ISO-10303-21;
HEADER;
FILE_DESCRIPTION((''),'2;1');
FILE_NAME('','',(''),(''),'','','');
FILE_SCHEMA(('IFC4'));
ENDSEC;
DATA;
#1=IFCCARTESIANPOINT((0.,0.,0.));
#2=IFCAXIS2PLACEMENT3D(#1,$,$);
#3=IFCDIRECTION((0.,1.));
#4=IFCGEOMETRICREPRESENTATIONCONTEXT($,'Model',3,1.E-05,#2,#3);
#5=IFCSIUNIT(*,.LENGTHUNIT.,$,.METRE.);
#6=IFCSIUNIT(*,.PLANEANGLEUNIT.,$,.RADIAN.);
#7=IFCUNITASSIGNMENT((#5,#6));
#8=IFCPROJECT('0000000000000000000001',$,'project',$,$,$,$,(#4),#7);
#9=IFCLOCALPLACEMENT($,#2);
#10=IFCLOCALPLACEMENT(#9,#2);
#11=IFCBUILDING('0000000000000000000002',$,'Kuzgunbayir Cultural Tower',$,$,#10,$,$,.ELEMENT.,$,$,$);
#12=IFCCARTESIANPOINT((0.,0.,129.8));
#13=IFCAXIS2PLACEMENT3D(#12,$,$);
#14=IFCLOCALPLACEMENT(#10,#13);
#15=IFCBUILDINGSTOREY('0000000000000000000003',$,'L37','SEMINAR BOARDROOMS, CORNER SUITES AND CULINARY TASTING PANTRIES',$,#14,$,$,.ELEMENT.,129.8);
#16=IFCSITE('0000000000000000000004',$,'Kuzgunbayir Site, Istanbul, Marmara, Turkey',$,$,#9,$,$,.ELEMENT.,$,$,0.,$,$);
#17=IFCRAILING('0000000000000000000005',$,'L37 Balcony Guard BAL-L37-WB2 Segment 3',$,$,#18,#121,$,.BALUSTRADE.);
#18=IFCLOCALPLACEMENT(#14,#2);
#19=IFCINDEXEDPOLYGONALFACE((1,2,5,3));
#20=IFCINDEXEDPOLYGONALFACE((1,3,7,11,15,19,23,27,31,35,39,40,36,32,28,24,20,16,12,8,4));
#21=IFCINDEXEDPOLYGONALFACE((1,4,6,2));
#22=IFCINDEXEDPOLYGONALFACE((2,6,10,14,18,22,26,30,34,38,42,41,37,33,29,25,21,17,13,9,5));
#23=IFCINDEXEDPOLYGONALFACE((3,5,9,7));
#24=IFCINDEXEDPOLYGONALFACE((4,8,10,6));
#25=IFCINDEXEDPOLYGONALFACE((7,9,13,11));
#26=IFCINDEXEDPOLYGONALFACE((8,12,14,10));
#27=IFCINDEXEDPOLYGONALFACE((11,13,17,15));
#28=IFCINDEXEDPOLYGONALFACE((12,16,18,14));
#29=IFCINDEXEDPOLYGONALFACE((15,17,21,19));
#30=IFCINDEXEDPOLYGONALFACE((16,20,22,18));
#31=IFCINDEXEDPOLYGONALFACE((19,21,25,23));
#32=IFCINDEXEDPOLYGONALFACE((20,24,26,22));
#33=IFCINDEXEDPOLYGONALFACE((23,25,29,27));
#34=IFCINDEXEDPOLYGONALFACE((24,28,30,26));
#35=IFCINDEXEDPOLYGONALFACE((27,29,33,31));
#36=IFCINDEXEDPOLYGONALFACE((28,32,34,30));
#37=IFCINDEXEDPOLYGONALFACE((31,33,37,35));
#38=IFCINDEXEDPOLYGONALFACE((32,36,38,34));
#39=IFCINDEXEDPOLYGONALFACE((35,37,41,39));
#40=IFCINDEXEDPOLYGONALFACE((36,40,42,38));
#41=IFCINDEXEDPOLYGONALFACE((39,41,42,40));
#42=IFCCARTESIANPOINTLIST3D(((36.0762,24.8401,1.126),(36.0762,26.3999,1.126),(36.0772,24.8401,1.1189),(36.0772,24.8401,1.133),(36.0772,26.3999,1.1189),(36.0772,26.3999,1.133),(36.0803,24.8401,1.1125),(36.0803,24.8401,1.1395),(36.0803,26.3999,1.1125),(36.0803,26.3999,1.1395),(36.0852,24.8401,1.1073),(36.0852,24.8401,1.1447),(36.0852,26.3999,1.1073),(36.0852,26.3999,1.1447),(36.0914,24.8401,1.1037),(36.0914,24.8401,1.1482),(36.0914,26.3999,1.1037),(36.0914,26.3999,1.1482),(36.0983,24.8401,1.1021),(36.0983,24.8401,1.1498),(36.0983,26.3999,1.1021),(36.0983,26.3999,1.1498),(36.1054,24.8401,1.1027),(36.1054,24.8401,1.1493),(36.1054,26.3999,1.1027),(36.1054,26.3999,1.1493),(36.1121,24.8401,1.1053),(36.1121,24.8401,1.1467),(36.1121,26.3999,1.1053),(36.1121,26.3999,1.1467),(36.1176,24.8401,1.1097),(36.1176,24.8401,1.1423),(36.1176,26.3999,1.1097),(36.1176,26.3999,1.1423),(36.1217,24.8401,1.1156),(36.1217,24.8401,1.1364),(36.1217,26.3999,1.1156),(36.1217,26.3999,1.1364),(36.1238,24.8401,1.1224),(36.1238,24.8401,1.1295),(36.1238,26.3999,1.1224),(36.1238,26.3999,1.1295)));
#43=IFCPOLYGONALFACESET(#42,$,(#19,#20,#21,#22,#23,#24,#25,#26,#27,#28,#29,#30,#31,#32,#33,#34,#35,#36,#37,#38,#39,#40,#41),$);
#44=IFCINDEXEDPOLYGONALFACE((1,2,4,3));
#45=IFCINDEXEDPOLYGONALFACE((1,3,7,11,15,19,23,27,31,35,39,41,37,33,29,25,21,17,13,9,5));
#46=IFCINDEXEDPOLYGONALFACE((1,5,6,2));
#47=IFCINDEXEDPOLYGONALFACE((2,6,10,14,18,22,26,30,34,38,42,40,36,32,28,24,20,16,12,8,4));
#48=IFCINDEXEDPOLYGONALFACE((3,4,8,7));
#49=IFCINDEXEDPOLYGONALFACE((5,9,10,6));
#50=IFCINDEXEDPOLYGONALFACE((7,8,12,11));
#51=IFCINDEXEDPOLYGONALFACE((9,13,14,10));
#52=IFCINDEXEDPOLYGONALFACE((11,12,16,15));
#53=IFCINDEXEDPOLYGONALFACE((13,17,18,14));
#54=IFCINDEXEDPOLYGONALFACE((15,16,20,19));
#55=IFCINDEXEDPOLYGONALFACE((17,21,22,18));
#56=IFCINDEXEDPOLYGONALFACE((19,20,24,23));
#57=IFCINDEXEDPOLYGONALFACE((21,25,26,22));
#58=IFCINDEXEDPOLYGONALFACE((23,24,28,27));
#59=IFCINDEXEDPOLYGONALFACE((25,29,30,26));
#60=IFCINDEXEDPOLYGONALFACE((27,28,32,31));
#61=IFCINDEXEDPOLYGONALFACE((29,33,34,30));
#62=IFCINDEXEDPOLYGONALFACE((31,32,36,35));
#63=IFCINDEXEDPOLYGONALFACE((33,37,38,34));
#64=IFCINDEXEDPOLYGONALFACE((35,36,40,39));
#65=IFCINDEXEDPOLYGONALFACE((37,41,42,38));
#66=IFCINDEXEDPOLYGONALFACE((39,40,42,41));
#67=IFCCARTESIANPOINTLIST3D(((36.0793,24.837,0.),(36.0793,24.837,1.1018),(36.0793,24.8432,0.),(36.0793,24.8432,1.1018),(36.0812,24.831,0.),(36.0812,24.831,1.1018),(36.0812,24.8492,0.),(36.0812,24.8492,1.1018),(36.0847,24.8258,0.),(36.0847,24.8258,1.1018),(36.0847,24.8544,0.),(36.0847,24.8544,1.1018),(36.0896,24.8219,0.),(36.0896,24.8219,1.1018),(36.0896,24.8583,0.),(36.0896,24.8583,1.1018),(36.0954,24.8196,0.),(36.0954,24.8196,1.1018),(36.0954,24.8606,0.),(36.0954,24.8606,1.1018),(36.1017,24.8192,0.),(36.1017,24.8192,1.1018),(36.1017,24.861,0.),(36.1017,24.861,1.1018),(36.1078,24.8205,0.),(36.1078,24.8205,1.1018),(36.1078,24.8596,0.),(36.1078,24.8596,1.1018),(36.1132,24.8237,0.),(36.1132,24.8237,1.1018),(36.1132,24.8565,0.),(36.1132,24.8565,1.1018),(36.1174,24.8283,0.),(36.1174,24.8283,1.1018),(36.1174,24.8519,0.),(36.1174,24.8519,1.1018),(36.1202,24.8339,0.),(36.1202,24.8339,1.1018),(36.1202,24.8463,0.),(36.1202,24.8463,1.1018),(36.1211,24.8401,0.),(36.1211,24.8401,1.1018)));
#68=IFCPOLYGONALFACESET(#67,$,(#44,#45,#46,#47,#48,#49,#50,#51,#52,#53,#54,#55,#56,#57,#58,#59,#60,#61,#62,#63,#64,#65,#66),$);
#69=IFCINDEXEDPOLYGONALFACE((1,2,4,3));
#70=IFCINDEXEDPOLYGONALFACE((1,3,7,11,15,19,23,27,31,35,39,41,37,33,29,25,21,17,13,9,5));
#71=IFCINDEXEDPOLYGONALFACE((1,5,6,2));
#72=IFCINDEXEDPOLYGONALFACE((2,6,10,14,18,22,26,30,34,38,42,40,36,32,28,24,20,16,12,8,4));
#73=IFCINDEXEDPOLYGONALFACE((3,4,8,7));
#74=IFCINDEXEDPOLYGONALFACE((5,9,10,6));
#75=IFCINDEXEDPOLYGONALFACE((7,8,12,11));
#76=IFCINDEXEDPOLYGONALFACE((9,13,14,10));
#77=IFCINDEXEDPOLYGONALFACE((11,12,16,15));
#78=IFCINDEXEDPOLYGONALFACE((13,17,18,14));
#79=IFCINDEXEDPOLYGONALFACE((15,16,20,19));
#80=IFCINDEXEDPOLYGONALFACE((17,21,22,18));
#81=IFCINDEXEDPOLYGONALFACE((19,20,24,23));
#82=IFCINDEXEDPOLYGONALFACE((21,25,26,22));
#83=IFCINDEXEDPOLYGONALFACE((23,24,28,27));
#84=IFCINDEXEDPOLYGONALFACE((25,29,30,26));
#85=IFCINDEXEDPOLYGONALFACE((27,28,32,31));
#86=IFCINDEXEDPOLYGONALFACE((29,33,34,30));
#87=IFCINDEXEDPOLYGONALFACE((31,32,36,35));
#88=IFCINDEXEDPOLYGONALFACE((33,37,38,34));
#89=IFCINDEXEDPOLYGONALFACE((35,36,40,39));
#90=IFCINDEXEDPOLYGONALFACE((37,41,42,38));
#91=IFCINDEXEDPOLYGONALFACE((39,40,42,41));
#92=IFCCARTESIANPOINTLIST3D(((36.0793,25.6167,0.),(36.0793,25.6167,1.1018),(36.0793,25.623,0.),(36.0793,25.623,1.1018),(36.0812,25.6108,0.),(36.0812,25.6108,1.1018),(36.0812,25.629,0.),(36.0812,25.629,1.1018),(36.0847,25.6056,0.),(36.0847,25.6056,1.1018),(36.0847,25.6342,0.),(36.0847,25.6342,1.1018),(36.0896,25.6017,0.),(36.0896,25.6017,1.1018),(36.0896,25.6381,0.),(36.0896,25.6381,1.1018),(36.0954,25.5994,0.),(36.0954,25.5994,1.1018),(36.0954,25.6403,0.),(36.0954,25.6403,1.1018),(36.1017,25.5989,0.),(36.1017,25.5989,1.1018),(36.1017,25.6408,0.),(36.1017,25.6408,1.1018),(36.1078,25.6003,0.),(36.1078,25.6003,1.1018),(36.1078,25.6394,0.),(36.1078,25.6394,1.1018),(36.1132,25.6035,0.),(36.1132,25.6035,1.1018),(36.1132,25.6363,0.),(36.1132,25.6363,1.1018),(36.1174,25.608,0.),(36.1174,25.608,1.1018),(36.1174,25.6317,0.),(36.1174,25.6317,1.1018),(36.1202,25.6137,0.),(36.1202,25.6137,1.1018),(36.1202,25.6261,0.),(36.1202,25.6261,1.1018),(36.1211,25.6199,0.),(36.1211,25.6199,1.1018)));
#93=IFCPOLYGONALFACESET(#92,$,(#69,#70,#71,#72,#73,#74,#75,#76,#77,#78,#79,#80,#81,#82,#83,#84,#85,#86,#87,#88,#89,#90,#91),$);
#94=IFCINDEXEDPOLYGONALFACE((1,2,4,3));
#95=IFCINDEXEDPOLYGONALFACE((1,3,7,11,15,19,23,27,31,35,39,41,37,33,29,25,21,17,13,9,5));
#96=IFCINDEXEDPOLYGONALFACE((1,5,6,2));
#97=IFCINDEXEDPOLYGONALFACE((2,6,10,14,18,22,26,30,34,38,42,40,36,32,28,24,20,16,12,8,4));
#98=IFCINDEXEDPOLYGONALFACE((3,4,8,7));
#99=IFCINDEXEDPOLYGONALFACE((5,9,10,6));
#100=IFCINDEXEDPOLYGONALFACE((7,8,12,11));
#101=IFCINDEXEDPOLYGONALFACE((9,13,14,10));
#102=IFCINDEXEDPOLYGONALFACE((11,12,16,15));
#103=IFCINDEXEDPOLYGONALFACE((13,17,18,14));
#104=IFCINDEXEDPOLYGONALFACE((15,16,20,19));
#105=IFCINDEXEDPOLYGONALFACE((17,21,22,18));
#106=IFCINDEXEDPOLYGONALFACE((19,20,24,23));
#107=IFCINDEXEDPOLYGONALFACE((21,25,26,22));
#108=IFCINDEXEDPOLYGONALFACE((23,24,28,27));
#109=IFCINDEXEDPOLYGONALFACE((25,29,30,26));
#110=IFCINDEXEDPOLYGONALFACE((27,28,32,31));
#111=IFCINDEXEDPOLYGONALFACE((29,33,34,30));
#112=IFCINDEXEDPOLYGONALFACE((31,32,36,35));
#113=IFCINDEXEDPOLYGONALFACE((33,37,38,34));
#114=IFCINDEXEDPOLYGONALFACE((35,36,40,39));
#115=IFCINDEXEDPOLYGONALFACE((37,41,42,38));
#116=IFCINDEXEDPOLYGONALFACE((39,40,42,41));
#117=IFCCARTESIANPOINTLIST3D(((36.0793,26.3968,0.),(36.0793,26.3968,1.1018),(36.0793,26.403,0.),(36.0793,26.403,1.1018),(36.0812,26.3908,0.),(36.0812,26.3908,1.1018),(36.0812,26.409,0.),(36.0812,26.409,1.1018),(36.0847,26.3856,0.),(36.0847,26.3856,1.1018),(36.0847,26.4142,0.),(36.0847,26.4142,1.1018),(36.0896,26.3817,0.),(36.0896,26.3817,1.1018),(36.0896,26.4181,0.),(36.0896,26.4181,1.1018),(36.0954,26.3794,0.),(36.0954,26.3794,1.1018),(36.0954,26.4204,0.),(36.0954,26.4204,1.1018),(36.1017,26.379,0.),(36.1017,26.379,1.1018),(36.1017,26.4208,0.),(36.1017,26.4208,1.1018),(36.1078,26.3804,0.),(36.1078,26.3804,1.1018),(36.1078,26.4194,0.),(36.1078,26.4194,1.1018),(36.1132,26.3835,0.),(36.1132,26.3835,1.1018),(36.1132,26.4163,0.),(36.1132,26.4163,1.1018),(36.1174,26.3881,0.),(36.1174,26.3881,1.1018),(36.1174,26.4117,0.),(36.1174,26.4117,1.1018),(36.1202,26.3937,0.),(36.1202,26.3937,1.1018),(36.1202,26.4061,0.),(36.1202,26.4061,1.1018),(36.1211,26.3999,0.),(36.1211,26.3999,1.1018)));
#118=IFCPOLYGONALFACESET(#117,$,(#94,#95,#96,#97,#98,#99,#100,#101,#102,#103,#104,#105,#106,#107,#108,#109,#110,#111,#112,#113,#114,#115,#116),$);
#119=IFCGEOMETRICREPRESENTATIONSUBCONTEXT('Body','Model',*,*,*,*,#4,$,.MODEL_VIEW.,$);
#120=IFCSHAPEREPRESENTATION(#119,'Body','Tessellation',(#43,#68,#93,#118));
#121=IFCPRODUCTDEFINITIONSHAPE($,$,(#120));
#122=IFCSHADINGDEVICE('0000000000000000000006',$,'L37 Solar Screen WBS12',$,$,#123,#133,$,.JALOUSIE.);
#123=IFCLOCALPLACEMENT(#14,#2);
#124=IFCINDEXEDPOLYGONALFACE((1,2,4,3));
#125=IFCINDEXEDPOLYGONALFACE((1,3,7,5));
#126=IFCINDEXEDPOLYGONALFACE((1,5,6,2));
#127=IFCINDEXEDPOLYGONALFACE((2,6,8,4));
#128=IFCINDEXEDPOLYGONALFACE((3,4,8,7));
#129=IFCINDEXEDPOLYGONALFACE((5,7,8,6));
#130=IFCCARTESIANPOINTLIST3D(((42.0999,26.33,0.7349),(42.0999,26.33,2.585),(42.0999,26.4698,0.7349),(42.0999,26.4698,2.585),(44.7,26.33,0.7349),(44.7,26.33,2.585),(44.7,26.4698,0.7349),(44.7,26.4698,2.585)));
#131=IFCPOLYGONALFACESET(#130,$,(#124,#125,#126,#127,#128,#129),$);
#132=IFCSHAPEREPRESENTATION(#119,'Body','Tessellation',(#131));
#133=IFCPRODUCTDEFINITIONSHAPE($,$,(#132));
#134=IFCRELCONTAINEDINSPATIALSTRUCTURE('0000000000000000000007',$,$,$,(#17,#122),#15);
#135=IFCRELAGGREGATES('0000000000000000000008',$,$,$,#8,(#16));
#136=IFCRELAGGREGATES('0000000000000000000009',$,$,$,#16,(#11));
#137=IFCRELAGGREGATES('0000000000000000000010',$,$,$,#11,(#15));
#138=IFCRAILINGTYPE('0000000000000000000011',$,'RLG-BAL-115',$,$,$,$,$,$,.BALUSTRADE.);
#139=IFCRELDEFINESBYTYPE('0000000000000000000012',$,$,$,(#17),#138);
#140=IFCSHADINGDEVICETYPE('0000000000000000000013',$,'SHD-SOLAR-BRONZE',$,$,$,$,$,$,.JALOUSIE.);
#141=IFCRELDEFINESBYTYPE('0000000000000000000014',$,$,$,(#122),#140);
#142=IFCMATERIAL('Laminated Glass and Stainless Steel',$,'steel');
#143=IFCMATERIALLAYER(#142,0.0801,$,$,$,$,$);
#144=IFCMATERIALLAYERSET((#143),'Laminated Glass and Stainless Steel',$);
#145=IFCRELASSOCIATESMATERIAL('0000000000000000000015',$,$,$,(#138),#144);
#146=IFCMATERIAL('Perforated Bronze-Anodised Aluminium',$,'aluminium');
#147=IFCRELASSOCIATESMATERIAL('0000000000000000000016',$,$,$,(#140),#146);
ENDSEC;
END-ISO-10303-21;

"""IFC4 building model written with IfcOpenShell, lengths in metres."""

from ifc_helpers import new_model, si_unit, direction, frame, origin, origin_2d, place, context, subcontext, project, spatial, rectangle, circle, extrude, material, layer, layer_set, type_object, element, save


model = new_model("IFC4")

# Units and contexts
model_context = context("Model", 3, precision=1e-05, world=origin(), true_north=direction((0.0, 1.0)))
body_context = subcontext(model_context, "Body", "Model", "MODEL_VIEW")
ifc_project = project(units=[si_unit("LENGTHUNIT", "METRE"), si_unit("PLANEANGLEUNIT", "RADIAN")], contexts=[model_context])

# Site, building, storey
site_placement = place(None, origin())
site = spatial("IfcSite", under=ifc_project, at=site_placement, Name="Kuzgunbayir Site, Istanbul, Marmara, Turkey", CompositionType="ELEMENT", RefElevation=0.0)
building_placement = place(site_placement, origin())
building = spatial("IfcBuilding", under=site, at=building_placement, Name="Kuzgunbayir Cultural Tower", CompositionType="ELEMENT")
storey_placement = place(building_placement, frame((0.0, 0.0, 129.8)))
storey = spatial("IfcBuildingStorey", under=building, at=storey_placement, Name="L37", Description="SEMINAR BOARDROOMS, CORNER SUITES AND CULINARY TASTING PANTRIES", CompositionType="ELEMENT", Elevation=129.8)

# Railing
ifc_material_1 = material(Name="Laminated Glass and Stainless Steel", Category="steel")
ifc_layer_1 = layer(ifc_material_1, 0.0801)
ifc_layer_set_1 = layer_set([ifc_layer_1], Name="Laminated Glass and Stainless Steel")
railing_type = type_object("IfcRailingType", Name="RLG-BAL-115", PredefinedType="BALUSTRADE", material=ifc_layer_set_1)
railing_1_placement = place(storey_placement, frame((36.1001, 24.8401, 0.0)))
element("IfcRailing", 1, at=railing_1_placement, inside=storey, type_object=railing_type, Name="L37 Balcony Guard BAL-L37-WB2 Segment 3", PredefinedType="BALUSTRADE", context=body_context, shape_type="SweptSolid", body=[
    extrude(circle(Radius=0.0239, at=origin_2d()), frame((0.0, 0.0, 1.126), z_axis=(0.0, 1.0, 0.0), x_axis=(-1.0, 0.0, 0.0)), (0.0, 0.0, 1.0), 1.5598),
    extrude(circle(Radius=0.021, at=origin_2d()), origin(), (0.0, 0.0, 1.0), 1.1018),
    extrude(circle(Radius=0.021, at=origin_2d()), frame((0.0, 0.7798, 0.0)), (0.0, 0.0, 1.0), 1.1018),
    extrude(circle(Radius=0.021, at=origin_2d()), frame((0.0, 1.5598, 0.0)), (0.0, 0.0, 1.0), 1.1018),
])

# Shading device
ifc_material_2 = material(Name="Perforated Bronze-Anodised Aluminium", Category="aluminium")
shading_device_type = type_object("IfcShadingDeviceType", Name="SHD-SOLAR-BRONZE", PredefinedType="JALOUSIE", material=ifc_material_2)
shading_device_placement = place(storey_placement, frame((43.3999, 26.3999, 0.7349), z_axis=(0.0, 0.0, 1.0), x_axis=(1.0, 0.0, 0.0)))
element("IfcShadingDevice", 2, at=shading_device_placement, inside=storey, type_object=shading_device_type, Name="L37 Solar Screen WBS12", PredefinedType="JALOUSIE", context=body_context, shape_type="SweptSolid", body=[
    extrude(rectangle(XDim=2.6001, YDim=0.1399, at=origin_2d()), origin(), (0.0, 0.0, 1.0), 1.8501),
])

save(model, "model.ifc")
